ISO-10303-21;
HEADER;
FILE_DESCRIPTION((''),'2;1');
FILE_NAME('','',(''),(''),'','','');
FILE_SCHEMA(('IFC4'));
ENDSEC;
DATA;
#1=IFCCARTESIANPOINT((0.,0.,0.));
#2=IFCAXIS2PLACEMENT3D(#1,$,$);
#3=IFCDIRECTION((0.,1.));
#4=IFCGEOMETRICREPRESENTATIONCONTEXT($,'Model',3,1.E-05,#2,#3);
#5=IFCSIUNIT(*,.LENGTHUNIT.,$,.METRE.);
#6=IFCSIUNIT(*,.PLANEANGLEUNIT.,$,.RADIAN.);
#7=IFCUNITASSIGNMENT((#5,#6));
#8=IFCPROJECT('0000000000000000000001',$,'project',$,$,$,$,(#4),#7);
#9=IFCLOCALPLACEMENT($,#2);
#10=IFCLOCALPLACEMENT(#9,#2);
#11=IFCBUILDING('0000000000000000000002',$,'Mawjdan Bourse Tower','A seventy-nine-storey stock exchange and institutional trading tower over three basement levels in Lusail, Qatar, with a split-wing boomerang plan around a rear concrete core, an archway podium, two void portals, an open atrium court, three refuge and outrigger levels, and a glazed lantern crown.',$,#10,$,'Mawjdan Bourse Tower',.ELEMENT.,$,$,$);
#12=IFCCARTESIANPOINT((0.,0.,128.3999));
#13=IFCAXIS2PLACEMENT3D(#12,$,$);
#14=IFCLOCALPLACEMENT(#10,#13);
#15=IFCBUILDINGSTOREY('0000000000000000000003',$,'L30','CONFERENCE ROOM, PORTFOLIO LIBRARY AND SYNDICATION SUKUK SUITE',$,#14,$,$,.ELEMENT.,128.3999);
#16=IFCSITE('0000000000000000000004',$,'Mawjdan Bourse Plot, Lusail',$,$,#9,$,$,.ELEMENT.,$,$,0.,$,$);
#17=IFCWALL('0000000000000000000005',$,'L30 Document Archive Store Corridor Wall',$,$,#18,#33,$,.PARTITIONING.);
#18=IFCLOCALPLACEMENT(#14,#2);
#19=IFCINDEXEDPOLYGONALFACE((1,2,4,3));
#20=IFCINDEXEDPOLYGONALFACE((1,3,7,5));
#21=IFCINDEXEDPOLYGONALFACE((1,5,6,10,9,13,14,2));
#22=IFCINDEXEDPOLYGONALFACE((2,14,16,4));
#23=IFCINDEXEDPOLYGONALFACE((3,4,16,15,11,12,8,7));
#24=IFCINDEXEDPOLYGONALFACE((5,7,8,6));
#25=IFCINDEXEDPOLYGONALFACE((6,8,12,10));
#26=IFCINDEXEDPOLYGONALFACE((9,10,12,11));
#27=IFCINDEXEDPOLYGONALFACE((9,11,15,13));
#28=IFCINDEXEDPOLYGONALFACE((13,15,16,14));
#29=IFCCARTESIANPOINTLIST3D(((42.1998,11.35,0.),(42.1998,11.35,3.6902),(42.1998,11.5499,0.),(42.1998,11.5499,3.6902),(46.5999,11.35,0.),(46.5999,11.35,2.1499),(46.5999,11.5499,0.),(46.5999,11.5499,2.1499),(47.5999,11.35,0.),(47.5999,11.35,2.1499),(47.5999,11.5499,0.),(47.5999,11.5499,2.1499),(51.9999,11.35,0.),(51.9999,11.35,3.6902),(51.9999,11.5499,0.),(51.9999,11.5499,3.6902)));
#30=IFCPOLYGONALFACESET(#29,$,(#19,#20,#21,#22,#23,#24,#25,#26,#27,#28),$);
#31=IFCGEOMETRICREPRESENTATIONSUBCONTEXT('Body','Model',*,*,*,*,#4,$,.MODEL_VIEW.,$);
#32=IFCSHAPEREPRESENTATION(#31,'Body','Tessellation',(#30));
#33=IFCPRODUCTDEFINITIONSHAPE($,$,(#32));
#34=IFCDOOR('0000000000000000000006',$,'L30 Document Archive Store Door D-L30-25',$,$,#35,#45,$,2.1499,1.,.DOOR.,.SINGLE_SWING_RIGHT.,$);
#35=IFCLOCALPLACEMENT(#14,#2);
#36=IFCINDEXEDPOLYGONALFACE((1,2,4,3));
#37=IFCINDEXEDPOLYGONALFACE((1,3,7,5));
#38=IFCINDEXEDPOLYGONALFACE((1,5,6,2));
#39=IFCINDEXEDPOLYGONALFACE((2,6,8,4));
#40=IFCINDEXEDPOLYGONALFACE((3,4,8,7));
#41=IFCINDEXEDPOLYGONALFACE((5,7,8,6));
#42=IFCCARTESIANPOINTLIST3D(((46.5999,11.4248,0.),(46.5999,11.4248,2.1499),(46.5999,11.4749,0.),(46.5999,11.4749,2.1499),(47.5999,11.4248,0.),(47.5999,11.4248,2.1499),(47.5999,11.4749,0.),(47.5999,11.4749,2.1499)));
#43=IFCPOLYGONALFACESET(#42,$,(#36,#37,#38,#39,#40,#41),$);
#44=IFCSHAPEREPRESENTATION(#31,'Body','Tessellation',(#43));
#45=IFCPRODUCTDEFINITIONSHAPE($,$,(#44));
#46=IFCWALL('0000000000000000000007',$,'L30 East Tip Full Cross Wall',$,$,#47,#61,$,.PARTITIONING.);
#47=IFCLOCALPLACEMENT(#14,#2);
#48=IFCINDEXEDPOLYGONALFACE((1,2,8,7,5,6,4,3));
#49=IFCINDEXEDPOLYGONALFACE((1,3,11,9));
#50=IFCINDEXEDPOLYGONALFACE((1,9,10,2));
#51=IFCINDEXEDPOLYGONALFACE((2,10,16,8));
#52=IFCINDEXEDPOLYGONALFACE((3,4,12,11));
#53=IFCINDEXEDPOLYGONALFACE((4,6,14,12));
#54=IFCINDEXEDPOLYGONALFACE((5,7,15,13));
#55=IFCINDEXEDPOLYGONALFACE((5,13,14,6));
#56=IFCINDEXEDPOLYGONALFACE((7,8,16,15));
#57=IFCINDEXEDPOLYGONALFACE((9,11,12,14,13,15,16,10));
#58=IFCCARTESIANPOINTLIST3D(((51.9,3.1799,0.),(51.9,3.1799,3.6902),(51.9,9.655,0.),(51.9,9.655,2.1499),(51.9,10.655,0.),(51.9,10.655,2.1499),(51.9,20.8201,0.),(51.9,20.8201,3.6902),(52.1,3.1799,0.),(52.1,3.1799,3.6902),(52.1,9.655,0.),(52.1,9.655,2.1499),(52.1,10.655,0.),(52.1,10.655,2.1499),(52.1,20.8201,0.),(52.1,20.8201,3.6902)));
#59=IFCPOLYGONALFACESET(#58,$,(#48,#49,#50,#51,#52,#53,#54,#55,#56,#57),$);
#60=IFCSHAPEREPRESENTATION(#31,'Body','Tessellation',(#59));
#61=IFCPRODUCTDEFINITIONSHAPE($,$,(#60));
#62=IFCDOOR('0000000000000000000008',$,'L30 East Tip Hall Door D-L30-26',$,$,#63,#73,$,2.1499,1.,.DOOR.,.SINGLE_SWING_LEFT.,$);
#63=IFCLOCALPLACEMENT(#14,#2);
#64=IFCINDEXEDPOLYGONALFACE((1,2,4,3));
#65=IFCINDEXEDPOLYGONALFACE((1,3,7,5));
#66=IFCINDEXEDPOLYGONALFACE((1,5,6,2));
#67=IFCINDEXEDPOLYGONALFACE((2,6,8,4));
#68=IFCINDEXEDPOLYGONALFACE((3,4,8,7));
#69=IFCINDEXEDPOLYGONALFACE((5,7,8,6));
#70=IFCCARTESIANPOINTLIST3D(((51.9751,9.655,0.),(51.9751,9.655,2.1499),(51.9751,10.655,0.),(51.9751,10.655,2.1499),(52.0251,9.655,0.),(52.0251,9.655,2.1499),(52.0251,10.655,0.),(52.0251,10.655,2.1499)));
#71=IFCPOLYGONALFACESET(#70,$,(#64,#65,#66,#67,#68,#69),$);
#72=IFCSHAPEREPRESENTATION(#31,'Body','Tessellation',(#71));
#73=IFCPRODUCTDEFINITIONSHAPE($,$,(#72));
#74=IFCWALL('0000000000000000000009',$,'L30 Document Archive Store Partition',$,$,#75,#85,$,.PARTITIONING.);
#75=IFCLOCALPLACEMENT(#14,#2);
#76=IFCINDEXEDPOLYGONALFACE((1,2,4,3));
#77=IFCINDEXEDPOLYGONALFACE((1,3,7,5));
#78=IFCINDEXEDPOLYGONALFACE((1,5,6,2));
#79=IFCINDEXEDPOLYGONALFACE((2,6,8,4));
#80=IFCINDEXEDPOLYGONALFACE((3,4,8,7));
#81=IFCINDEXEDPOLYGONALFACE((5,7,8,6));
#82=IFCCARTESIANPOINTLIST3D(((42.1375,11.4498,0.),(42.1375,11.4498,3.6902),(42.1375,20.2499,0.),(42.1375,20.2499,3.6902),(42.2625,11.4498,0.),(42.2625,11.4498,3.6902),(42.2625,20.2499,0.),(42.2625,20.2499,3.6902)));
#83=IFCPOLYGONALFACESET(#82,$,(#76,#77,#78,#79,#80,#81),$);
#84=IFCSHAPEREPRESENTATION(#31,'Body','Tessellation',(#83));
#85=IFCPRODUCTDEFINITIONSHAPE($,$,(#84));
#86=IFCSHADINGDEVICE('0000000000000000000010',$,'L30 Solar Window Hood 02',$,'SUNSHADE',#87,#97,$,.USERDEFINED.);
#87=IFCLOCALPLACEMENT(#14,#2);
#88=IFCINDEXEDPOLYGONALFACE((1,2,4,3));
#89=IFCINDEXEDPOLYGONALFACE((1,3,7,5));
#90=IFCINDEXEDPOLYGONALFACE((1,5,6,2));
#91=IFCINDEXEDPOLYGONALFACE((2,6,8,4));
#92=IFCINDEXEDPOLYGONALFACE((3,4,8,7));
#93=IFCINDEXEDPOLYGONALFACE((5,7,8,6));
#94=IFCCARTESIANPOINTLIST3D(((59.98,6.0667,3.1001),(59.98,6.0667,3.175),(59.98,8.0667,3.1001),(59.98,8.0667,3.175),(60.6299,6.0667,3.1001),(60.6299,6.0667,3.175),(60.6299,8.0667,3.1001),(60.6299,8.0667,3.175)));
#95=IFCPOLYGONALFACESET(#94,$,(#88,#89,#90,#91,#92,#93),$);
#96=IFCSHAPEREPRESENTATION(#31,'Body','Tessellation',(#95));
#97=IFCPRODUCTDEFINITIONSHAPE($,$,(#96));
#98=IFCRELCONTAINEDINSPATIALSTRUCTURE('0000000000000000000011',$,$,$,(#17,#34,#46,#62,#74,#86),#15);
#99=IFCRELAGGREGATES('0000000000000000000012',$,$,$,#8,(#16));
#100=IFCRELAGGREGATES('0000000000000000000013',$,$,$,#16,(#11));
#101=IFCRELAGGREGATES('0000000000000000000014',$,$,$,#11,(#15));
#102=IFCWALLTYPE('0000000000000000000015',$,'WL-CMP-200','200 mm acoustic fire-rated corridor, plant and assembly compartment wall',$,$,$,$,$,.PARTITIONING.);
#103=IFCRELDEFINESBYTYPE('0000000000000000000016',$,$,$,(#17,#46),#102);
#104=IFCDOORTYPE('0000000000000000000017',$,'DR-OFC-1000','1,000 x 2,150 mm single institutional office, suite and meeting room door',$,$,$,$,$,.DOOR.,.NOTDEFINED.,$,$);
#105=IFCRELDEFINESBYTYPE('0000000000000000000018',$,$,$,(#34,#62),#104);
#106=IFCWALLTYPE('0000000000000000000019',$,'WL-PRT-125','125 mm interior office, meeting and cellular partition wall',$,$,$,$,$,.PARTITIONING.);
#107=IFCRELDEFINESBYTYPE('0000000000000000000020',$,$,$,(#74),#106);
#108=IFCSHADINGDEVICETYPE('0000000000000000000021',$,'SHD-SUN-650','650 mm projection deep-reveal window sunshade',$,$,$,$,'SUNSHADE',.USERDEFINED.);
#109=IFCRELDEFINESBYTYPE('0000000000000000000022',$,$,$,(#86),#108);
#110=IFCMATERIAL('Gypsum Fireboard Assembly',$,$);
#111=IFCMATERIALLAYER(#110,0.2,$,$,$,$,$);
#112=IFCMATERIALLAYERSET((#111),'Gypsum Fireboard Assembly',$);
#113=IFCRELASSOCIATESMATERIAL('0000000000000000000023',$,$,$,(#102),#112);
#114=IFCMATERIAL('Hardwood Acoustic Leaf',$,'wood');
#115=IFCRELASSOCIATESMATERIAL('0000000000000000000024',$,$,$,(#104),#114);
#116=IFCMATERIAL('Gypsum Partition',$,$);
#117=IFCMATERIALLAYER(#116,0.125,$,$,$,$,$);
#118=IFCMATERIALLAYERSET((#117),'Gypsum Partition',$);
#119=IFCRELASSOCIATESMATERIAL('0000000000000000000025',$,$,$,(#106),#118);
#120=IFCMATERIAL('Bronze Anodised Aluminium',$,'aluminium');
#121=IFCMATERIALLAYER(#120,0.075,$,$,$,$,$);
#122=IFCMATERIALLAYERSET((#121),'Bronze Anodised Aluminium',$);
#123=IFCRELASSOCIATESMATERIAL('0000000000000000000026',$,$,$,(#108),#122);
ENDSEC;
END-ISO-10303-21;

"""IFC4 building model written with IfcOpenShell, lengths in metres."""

from ifc_helpers import new_model, si_unit, direction, frame, frame_2d, origin, origin_2d, place, context, subcontext, project, spatial, rectangle, extrude, material, layer, layer_set, type_object, element, fill, save


model = new_model("IFC4")

# Units and contexts
model_context = context("Model", 3, precision=1e-05, world=origin(), true_north=direction((0.0, 1.0)))
body_context = subcontext(model_context, "Body", "Model", "MODEL_VIEW")
ifc_project = project(units=[si_unit("LENGTHUNIT", "METRE"), si_unit("PLANEANGLEUNIT", "RADIAN")], contexts=[model_context])

# Site, building, storey
site_placement = place(None, origin())
site = spatial("IfcSite", under=ifc_project, at=site_placement, Name="Mawjdan Bourse Plot, Lusail", CompositionType="ELEMENT", RefElevation=0.0)
building_placement = place(site_placement, origin())
building = spatial("IfcBuilding", under=site, at=building_placement, Name="Mawjdan Bourse Tower", Description="A seventy-nine-storey stock exchange and institutional trading tower over three basement levels in Lusail, Qatar, with a split-wing boomerang plan around a rear concrete core, an archway podium, two void portals, an open atrium court, three refuge and outrigger levels, and a glazed lantern crown.", LongName="Mawjdan Bourse Tower", CompositionType="ELEMENT")
storey_placement = place(building_placement, frame((0.0, 0.0, 128.3999)))
storey = spatial("IfcBuildingStorey", under=building, at=storey_placement, Name="L30", Description="CONFERENCE ROOM, PORTFOLIO LIBRARY AND SYNDICATION SUKUK SUITE", CompositionType="ELEMENT", Elevation=128.3999)

# Walls, openings, doors
ifc_material_1 = material(Name="Gypsum Fireboard Assembly")
ifc_layer_1 = layer(ifc_material_1, 0.2)
ifc_layer_set_1 = layer_set([ifc_layer_1], Name="Gypsum Fireboard Assembly")
wall_type_1 = type_object("IfcWallType", Name="WL-CMP-200", Description="200 mm acoustic fire-rated corridor, plant and assembly compartment wall", PredefinedType="PARTITIONING", material=ifc_layer_set_1)
wall_1_placement = place(storey_placement, frame((42.2, 11.45, 0.0), z_axis=(0.0, 0.0, 1.0), x_axis=(1.0, 0.0, 0.0)))
wall_1 = element("IfcWall", 1, at=wall_1_placement, inside=storey, type_object=wall_type_1, Name="L30 Document Archive Store Corridor Wall", PredefinedType="PARTITIONING", context=body_context, shape_type="SweptSolid", body=[
    extrude(rectangle(XDim=9.8, YDim=0.2, at=frame_2d((4.8999, 0.0))), origin(), (0.0, 0.0, 1.0), 3.6902),
])
opening_1_placement = place(wall_1_placement, frame((4.3999, 0.0, 0.0)))
opening_1 = element("IfcOpeningElement", 2, at=opening_1_placement, cuts=wall_1, PredefinedType="OPENING", context=body_context, shape_type="SweptSolid", body=[
    extrude(rectangle(XDim=1.0, YDim=2.1499, at=frame_2d((0.5, 1.075))), frame((0.0, 0.1099, 0.0), z_axis=(0.0, -1.0, 0.0), x_axis=(1.0, 0.0, 0.0)), (0.0, 0.0, 1.0), 0.22),
])
ifc_material_2 = material(Name="Hardwood Acoustic Leaf", Category="wood")
door_type = type_object("IfcDoorType", Name="DR-OFC-1000", Description="1,000 x 2,150 mm single institutional office, suite and meeting room door", OperationType="NOTDEFINED", PredefinedType="DOOR", material=ifc_material_2)
door_1_placement = place(opening_1_placement, origin())
door_1 = element("IfcDoor", 3, at=door_1_placement, inside=storey, type_object=door_type, Name="L30 Document Archive Store Door D-L30-25", OperationType="SINGLE_SWING_RIGHT", OverallHeight=2.1499, OverallWidth=1.0, PredefinedType="DOOR", context=body_context, shape_type="SweptSolid", body=[
    extrude(rectangle(XDim=1.0, YDim=2.1499, at=frame_2d((0.5, 1.075))), frame((0.0, 0.0249, 0.0), z_axis=(0.0, -1.0, 0.0), x_axis=(1.0, 0.0, 0.0)), (0.0, 0.0, 1.0), 0.05),
])
fill(opening_1, door_1)
wall_2_placement = place(storey_placement, frame((52.0, 3.1799, 0.0), z_axis=(0.0, 0.0, 1.0), x_axis=(0.0, 1.0, 0.0)))
wall_2 = element("IfcWall", 4, at=wall_2_placement, inside=storey, type_object=wall_type_1, Name="L30 East Tip Full Cross Wall", PredefinedType="PARTITIONING", context=body_context, shape_type="SweptSolid", body=[
    extrude(rectangle(XDim=17.6401, YDim=0.2, at=frame_2d((8.8201, 0.0))), origin(), (0.0, 0.0, 1.0), 3.6902),
])
opening_2_placement = place(wall_2_placement, frame((6.4751, 0.0, 0.0)))
opening_2 = element("IfcOpeningElement", 5, at=opening_2_placement, cuts=wall_2, PredefinedType="OPENING", context=body_context, shape_type="SweptSolid", body=[
    extrude(rectangle(XDim=1.0, YDim=2.1499, at=frame_2d((0.5, 1.075))), frame((0.0, 0.1099, 0.0), z_axis=(0.0, -1.0, 0.0), x_axis=(1.0, 0.0, 0.0)), (0.0, 0.0, 1.0), 0.22),
])
door_2_placement = place(opening_2_placement, origin())
door_2 = element("IfcDoor", 6, at=door_2_placement, inside=storey, type_object=door_type, Name="L30 East Tip Hall Door D-L30-26", OperationType="SINGLE_SWING_LEFT", OverallHeight=2.1499, OverallWidth=1.0, PredefinedType="DOOR", context=body_context, shape_type="SweptSolid", body=[
    extrude(rectangle(XDim=1.0, YDim=2.1499, at=frame_2d((0.5, 1.075))), frame((0.0, 0.0249, 0.0), z_axis=(0.0, -1.0, 0.0), x_axis=(1.0, 0.0, 0.0)), (0.0, 0.0, 1.0), 0.05),
])
fill(opening_2, door_2)

# Wall
ifc_material_3 = material(Name="Gypsum Partition")
ifc_layer_2 = layer(ifc_material_3, 0.125)
ifc_layer_set_2 = layer_set([ifc_layer_2], Name="Gypsum Partition")
wall_type_2 = type_object("IfcWallType", Name="WL-PRT-125", Description="125 mm interior office, meeting and cellular partition wall", PredefinedType="PARTITIONING", material=ifc_layer_set_2)
wall_3_placement = place(storey_placement, frame((42.2, 11.45, 0.0), z_axis=(0.0, 0.0, 1.0), x_axis=(0.0, 1.0, 0.0)))
element("IfcWall", 7, at=wall_3_placement, inside=storey, type_object=wall_type_2, Name="L30 Document Archive Store Partition", PredefinedType="PARTITIONING", context=body_context, shape_type="SweptSolid", body=[
    extrude(rectangle(XDim=8.8, YDim=0.125, at=frame_2d((4.3999, 0.0))), origin(), (0.0, 0.0, 1.0), 3.6902),
])

# Shading device
ifc_material_4 = material(Name="Bronze Anodised Aluminium", Category="aluminium")
ifc_layer_3 = layer(ifc_material_4, 0.075)
ifc_layer_set_3 = layer_set([ifc_layer_3], Name="Bronze Anodised Aluminium")
shading_device_type = type_object("IfcShadingDeviceType", Name="SHD-SUN-650", Description="650 mm projection deep-reveal window sunshade", ElementType="SUNSHADE", PredefinedType="USERDEFINED", material=ifc_layer_set_3)
shading_device_placement = place(storey_placement, frame((60.3049, 7.0667, 3.1001), z_axis=(0.0, 0.0, 1.0), x_axis=(0.0, 1.0, 0.0)))
element("IfcShadingDevice", 8, at=shading_device_placement, inside=storey, type_object=shading_device_type, Name="L30 Solar Window Hood 02", ObjectType="SUNSHADE", PredefinedType="USERDEFINED", context=body_context, shape_type="SweptSolid", body=[
    extrude(rectangle(XDim=2.0, YDim=0.6499, at=origin_2d()), origin(), (0.0, 0.0, 1.0), 0.075),
])

save(model, "model.ifc")
